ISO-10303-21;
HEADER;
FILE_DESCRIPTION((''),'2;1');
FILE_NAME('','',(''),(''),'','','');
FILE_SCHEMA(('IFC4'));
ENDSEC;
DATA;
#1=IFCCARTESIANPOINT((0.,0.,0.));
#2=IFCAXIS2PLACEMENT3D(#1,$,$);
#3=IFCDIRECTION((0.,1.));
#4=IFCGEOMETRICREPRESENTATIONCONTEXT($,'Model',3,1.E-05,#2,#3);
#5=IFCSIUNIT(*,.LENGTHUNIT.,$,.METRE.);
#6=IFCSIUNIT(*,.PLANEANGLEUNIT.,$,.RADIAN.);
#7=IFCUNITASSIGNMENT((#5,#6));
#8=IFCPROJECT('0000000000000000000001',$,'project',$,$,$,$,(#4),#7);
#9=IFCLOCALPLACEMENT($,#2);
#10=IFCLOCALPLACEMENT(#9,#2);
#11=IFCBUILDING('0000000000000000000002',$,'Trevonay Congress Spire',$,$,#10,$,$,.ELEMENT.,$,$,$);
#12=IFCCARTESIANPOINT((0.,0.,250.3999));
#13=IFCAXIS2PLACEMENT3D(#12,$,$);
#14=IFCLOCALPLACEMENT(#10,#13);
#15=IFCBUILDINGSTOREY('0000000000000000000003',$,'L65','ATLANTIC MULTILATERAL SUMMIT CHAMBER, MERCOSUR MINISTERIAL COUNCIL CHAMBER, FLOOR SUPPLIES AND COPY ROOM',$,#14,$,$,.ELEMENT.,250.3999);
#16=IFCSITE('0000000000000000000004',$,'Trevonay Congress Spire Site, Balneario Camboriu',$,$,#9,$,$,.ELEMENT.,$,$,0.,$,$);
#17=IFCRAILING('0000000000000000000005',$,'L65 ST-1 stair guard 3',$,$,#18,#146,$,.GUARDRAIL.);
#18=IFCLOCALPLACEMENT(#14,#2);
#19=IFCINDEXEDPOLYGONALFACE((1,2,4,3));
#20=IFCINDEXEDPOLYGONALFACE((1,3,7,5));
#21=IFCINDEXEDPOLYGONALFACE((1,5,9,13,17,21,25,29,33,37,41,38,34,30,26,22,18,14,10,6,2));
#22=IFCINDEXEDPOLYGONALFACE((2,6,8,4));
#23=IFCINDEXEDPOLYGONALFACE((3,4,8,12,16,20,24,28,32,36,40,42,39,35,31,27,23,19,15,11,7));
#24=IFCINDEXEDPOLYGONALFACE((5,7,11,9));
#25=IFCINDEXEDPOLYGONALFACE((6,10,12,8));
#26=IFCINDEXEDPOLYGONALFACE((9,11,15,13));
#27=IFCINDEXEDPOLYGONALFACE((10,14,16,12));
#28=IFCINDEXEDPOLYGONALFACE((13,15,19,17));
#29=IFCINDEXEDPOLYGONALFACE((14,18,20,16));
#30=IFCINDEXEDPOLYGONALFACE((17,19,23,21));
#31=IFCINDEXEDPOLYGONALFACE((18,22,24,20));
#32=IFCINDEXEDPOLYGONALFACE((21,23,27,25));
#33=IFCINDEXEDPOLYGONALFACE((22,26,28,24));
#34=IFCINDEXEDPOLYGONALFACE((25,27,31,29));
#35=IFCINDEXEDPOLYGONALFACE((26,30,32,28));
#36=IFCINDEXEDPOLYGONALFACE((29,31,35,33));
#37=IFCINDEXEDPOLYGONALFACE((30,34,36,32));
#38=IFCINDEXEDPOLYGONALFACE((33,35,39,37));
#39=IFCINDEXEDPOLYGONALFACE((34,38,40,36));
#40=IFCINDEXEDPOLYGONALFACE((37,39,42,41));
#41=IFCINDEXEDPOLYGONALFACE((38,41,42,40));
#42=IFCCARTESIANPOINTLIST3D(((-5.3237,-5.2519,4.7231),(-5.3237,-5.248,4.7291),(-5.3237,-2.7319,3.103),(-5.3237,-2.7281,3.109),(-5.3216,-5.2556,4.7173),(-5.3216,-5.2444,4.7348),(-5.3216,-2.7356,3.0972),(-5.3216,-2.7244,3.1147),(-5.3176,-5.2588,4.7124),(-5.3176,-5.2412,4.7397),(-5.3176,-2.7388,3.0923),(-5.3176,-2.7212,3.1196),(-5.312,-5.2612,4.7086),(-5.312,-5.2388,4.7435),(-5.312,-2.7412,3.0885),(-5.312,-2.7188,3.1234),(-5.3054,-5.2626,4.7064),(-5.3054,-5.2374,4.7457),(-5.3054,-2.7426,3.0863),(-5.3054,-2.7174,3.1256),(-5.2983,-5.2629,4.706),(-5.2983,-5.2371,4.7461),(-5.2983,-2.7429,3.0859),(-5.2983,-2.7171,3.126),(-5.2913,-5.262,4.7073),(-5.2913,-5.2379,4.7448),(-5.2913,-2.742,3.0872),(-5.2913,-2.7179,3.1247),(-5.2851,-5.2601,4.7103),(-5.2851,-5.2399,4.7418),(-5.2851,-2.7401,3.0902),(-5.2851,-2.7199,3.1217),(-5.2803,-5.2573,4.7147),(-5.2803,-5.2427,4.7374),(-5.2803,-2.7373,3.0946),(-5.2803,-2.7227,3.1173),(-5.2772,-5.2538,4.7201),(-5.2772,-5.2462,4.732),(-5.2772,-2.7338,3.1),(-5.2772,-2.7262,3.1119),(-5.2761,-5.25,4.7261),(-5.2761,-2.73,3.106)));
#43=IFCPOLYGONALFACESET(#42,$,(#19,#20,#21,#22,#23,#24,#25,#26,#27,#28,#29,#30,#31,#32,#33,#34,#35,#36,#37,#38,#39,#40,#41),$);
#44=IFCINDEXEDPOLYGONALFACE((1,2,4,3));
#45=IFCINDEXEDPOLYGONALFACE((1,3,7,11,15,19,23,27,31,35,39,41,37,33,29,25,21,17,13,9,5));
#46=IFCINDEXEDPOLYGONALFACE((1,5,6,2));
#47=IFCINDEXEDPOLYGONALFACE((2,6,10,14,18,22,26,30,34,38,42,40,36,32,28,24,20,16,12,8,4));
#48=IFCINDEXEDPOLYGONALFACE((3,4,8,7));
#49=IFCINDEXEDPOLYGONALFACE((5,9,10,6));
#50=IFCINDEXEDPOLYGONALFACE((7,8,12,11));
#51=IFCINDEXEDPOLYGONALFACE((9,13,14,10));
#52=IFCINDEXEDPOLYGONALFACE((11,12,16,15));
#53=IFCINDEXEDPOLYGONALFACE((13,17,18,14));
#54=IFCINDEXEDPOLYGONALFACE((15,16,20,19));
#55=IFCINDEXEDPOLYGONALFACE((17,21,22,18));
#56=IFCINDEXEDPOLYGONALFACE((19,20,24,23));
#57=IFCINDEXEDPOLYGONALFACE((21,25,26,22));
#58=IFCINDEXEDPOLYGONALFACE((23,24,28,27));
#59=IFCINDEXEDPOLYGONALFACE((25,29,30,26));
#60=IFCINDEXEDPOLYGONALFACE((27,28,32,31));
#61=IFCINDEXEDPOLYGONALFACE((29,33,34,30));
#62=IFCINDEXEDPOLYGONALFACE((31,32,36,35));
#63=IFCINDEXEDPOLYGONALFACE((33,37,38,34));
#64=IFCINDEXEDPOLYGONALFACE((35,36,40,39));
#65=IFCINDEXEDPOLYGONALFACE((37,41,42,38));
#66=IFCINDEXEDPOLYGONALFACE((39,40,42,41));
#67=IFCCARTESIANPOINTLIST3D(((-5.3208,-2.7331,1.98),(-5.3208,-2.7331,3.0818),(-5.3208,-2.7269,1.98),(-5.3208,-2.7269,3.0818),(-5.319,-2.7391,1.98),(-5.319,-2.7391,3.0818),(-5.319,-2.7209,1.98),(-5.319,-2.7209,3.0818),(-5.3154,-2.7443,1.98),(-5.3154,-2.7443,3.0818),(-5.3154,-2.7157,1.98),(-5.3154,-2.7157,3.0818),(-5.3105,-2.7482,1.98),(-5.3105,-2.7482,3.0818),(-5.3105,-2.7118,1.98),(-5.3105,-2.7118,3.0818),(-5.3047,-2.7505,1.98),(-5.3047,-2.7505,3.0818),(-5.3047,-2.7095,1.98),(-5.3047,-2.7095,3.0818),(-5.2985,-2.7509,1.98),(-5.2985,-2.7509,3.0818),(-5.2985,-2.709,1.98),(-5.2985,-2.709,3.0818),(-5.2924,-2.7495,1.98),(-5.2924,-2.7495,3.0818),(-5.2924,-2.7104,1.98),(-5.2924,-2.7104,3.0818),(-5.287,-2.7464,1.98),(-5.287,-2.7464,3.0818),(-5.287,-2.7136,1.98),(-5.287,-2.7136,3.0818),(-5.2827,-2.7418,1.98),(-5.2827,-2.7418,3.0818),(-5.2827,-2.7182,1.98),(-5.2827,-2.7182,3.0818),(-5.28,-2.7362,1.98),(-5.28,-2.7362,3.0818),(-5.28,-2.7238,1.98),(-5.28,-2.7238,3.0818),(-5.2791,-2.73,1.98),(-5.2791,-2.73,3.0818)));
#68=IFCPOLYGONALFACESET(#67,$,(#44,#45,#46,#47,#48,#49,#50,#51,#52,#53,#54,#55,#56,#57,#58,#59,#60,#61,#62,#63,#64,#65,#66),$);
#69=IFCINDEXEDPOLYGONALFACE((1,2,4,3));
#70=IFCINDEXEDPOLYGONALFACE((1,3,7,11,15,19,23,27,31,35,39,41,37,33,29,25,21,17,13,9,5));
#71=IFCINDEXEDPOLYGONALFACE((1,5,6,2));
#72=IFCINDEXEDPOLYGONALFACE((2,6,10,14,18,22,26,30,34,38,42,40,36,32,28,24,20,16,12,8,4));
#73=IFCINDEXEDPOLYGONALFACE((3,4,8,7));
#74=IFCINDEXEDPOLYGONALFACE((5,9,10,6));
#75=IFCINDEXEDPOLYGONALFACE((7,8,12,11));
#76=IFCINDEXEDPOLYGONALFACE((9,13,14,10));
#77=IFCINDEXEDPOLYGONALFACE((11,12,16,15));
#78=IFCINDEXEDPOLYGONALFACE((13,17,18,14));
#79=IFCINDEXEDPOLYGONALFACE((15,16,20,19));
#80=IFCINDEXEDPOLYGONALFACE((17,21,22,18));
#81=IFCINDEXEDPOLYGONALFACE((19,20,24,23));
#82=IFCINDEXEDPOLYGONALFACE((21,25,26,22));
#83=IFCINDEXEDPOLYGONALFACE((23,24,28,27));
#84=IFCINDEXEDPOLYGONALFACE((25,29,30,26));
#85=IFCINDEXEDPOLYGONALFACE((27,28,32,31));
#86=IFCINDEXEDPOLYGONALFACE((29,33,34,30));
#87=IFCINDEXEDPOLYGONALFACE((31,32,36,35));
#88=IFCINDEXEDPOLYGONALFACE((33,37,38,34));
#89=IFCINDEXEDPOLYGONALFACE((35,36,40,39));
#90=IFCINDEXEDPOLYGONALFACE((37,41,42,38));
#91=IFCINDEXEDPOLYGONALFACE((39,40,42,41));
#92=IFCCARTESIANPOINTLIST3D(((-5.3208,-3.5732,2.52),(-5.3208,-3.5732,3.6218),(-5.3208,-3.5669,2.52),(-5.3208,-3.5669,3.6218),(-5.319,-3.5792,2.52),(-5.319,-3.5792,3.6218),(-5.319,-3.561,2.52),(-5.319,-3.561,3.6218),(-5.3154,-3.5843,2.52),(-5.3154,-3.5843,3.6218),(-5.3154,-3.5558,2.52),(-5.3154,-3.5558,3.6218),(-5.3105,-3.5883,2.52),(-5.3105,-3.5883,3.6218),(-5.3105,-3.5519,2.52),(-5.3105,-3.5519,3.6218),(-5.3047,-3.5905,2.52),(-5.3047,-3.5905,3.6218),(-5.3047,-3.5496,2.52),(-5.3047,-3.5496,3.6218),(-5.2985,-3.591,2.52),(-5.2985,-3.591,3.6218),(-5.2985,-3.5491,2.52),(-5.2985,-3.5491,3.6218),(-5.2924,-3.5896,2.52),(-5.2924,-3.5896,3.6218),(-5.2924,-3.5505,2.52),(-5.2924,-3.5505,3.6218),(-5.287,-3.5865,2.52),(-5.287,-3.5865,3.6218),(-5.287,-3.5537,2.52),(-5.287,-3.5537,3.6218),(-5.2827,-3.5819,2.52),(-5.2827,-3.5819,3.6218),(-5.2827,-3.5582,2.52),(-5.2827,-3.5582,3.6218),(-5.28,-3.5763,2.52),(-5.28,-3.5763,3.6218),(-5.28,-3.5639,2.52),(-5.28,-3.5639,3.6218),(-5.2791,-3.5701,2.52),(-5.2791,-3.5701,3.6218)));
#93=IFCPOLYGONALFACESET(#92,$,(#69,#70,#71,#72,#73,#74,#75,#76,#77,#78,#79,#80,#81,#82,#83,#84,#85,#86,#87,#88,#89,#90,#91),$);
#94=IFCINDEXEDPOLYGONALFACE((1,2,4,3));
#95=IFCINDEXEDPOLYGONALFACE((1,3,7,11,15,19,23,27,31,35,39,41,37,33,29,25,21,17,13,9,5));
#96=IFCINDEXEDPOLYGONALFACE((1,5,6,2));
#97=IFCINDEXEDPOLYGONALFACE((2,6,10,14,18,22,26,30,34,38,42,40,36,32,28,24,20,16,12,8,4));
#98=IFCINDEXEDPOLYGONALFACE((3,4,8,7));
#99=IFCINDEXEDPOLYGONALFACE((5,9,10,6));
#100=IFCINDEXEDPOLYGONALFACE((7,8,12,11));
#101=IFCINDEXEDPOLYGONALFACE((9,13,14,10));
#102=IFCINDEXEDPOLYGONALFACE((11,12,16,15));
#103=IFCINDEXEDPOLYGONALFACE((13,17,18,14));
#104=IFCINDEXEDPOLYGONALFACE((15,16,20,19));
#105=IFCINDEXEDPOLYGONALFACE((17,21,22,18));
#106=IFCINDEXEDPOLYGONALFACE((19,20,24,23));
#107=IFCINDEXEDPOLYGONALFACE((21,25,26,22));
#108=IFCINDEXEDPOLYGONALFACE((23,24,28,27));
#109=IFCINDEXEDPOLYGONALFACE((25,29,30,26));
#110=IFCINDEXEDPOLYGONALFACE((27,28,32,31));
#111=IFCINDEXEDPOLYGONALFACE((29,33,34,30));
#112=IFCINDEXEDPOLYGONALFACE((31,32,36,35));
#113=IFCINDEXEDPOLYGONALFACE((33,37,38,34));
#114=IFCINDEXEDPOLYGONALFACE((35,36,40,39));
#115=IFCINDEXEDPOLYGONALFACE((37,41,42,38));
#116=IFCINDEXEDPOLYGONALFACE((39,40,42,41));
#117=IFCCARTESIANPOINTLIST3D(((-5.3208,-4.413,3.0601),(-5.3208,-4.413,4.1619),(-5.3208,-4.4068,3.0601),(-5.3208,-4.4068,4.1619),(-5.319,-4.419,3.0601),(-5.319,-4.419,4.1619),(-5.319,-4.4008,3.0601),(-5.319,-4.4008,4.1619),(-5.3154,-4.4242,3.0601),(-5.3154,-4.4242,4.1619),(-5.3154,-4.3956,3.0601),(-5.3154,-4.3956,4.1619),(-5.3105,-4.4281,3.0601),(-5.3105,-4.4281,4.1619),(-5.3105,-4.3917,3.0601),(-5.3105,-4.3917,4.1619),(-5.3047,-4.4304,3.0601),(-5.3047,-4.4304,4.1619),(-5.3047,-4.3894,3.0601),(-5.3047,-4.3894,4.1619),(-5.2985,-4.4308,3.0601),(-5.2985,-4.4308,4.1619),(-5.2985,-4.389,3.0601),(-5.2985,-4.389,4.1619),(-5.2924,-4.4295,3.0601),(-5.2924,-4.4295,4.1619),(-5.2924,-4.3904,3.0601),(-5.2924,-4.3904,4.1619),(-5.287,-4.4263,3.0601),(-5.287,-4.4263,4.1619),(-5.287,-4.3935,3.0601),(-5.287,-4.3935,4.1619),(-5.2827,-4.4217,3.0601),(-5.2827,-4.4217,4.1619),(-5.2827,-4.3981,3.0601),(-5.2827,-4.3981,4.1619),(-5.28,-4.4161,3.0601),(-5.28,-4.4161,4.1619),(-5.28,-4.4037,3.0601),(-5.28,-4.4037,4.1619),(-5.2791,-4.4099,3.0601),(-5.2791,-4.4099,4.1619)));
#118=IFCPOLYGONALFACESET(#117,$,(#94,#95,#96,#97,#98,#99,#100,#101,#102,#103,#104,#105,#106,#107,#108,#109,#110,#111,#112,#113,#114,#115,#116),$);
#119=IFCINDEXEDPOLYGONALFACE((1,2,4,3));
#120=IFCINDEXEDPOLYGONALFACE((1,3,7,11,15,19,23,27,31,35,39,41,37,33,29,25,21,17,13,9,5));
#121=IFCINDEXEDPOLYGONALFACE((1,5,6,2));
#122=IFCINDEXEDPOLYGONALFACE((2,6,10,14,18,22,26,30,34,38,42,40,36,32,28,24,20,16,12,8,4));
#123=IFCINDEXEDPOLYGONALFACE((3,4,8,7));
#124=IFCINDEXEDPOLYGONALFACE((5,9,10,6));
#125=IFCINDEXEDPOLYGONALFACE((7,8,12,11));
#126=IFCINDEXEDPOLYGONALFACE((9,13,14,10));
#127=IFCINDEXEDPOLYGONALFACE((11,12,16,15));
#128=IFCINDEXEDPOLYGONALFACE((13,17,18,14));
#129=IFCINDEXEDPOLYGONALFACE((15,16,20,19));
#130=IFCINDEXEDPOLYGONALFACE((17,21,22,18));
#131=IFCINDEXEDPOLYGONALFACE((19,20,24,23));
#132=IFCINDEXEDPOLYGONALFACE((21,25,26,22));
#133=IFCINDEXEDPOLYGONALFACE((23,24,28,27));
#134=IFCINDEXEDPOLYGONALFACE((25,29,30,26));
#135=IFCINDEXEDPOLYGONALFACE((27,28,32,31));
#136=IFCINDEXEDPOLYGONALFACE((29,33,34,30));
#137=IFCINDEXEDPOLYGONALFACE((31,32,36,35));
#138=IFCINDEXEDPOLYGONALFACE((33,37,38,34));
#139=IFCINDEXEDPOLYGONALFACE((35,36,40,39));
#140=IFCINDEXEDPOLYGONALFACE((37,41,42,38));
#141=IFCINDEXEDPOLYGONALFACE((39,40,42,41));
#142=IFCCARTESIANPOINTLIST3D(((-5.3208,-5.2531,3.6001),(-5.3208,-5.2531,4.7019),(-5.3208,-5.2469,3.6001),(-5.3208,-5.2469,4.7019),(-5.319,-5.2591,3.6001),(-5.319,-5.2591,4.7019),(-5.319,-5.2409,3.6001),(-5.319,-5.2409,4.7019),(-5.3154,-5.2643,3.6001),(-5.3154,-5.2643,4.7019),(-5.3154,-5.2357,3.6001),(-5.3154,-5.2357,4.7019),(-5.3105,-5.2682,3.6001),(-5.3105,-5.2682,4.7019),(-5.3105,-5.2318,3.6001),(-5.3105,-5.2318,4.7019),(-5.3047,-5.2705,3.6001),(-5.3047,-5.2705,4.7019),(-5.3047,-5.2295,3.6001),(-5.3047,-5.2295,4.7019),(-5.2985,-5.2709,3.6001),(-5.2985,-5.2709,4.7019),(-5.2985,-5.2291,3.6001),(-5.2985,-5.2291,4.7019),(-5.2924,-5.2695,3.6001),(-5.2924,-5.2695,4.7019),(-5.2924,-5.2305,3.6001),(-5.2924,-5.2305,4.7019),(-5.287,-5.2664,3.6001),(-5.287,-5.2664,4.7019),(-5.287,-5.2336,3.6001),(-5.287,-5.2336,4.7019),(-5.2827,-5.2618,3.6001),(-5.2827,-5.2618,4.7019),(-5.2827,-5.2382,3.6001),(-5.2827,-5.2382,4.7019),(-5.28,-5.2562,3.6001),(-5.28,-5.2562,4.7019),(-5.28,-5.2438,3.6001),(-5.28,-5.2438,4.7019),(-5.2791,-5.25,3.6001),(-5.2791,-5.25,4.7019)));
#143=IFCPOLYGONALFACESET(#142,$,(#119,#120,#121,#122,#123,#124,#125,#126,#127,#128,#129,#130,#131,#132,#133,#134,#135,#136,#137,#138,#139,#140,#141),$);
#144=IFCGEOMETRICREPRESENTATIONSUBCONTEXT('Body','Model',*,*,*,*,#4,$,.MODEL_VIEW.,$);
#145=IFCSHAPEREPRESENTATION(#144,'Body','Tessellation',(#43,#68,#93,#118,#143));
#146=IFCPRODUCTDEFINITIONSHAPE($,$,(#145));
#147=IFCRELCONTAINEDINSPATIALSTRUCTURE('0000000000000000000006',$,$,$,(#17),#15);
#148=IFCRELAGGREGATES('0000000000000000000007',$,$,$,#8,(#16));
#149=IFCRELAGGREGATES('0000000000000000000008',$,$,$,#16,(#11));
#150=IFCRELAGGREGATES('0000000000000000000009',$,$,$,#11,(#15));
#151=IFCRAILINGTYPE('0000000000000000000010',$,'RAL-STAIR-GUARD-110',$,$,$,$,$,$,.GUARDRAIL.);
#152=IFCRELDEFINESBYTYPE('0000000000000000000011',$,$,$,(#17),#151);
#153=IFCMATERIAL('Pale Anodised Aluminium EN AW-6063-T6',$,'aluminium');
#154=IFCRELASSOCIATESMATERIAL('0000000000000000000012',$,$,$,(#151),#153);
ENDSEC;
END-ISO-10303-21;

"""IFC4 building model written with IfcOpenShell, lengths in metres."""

from ifc_helpers import new_model, si_unit, direction, frame, origin, origin_2d, place, context, subcontext, project, spatial, circle, extrude, material, type_object, element, save


model = new_model("IFC4")

# Units and contexts
model_context = context("Model", 3, precision=1e-05, world=origin(), true_north=direction((0.0, 1.0)))
body_context = subcontext(model_context, "Body", "Model", "MODEL_VIEW")
ifc_project = project(units=[si_unit("LENGTHUNIT", "METRE"), si_unit("PLANEANGLEUNIT", "RADIAN")], contexts=[model_context])

# Site, building, storey
site_placement = place(None, origin())
site = spatial("IfcSite", under=ifc_project, at=site_placement, Name="Trevonay Congress Spire Site, Balneario Camboriu", CompositionType="ELEMENT", RefElevation=0.0)
building_placement = place(site_placement, origin())
building = spatial("IfcBuilding", under=site, at=building_placement, Name="Trevonay Congress Spire", CompositionType="ELEMENT")
storey_placement = place(building_placement, frame((0.0, 0.0, 250.3999)))
storey = spatial("IfcBuildingStorey", under=building, at=storey_placement, Name="L65", Description="ATLANTIC MULTILATERAL SUMMIT CHAMBER, MERCOSUR MINISTERIAL COUNCIL CHAMBER, FLOOR SUPPLIES AND COPY ROOM", CompositionType="ELEMENT", Elevation=250.3999)

# Railing
ifc_material_1 = material(Name="Pale Anodised Aluminium EN AW-6063-T6", Category="aluminium")
railing_type_1 = type_object("IfcRailingType", Name="RAL-STAIR-GUARD-110", PredefinedType="GUARDRAIL", material=ifc_material_1)
railing_1_placement = place(storey_placement, frame((-5.3, -2.73, 1.98)))
element("IfcRailing", 1, at=railing_1_placement, inside=storey, type_object=railing_type_1, Name="L65 ST-1 stair guard 3", PredefinedType="GUARDRAIL", context=body_context, shape_type="SweptSolid", body=[
    extrude(circle(Radius=0.0239, at=origin_2d()), frame((0.0, 0.0, 1.126), z_axis=(0.0, -0.841163, 0.540782), x_axis=(1.0, 0.0, 0.0)), (0.0, 0.0, 1.0), 2.9958),
    extrude(circle(Radius=0.021, at=origin_2d()), origin(), (0.0, 0.0, 1.0), 1.1018),
    extrude(circle(Radius=0.021, at=origin_2d()), frame((0.0, -0.8401, 0.54)), (0.0, 0.0, 1.0), 1.1018),
    extrude(circle(Radius=0.021, at=origin_2d()), frame((0.0, -1.6799, 1.0801)), (0.0, 0.0, 1.0), 1.1018),
    extrude(circle(Radius=0.021, at=origin_2d()), frame((0.0, -2.52, 1.6201)), (0.0, 0.0, 1.0), 1.1018),
])

save(model, "model.ifc")
